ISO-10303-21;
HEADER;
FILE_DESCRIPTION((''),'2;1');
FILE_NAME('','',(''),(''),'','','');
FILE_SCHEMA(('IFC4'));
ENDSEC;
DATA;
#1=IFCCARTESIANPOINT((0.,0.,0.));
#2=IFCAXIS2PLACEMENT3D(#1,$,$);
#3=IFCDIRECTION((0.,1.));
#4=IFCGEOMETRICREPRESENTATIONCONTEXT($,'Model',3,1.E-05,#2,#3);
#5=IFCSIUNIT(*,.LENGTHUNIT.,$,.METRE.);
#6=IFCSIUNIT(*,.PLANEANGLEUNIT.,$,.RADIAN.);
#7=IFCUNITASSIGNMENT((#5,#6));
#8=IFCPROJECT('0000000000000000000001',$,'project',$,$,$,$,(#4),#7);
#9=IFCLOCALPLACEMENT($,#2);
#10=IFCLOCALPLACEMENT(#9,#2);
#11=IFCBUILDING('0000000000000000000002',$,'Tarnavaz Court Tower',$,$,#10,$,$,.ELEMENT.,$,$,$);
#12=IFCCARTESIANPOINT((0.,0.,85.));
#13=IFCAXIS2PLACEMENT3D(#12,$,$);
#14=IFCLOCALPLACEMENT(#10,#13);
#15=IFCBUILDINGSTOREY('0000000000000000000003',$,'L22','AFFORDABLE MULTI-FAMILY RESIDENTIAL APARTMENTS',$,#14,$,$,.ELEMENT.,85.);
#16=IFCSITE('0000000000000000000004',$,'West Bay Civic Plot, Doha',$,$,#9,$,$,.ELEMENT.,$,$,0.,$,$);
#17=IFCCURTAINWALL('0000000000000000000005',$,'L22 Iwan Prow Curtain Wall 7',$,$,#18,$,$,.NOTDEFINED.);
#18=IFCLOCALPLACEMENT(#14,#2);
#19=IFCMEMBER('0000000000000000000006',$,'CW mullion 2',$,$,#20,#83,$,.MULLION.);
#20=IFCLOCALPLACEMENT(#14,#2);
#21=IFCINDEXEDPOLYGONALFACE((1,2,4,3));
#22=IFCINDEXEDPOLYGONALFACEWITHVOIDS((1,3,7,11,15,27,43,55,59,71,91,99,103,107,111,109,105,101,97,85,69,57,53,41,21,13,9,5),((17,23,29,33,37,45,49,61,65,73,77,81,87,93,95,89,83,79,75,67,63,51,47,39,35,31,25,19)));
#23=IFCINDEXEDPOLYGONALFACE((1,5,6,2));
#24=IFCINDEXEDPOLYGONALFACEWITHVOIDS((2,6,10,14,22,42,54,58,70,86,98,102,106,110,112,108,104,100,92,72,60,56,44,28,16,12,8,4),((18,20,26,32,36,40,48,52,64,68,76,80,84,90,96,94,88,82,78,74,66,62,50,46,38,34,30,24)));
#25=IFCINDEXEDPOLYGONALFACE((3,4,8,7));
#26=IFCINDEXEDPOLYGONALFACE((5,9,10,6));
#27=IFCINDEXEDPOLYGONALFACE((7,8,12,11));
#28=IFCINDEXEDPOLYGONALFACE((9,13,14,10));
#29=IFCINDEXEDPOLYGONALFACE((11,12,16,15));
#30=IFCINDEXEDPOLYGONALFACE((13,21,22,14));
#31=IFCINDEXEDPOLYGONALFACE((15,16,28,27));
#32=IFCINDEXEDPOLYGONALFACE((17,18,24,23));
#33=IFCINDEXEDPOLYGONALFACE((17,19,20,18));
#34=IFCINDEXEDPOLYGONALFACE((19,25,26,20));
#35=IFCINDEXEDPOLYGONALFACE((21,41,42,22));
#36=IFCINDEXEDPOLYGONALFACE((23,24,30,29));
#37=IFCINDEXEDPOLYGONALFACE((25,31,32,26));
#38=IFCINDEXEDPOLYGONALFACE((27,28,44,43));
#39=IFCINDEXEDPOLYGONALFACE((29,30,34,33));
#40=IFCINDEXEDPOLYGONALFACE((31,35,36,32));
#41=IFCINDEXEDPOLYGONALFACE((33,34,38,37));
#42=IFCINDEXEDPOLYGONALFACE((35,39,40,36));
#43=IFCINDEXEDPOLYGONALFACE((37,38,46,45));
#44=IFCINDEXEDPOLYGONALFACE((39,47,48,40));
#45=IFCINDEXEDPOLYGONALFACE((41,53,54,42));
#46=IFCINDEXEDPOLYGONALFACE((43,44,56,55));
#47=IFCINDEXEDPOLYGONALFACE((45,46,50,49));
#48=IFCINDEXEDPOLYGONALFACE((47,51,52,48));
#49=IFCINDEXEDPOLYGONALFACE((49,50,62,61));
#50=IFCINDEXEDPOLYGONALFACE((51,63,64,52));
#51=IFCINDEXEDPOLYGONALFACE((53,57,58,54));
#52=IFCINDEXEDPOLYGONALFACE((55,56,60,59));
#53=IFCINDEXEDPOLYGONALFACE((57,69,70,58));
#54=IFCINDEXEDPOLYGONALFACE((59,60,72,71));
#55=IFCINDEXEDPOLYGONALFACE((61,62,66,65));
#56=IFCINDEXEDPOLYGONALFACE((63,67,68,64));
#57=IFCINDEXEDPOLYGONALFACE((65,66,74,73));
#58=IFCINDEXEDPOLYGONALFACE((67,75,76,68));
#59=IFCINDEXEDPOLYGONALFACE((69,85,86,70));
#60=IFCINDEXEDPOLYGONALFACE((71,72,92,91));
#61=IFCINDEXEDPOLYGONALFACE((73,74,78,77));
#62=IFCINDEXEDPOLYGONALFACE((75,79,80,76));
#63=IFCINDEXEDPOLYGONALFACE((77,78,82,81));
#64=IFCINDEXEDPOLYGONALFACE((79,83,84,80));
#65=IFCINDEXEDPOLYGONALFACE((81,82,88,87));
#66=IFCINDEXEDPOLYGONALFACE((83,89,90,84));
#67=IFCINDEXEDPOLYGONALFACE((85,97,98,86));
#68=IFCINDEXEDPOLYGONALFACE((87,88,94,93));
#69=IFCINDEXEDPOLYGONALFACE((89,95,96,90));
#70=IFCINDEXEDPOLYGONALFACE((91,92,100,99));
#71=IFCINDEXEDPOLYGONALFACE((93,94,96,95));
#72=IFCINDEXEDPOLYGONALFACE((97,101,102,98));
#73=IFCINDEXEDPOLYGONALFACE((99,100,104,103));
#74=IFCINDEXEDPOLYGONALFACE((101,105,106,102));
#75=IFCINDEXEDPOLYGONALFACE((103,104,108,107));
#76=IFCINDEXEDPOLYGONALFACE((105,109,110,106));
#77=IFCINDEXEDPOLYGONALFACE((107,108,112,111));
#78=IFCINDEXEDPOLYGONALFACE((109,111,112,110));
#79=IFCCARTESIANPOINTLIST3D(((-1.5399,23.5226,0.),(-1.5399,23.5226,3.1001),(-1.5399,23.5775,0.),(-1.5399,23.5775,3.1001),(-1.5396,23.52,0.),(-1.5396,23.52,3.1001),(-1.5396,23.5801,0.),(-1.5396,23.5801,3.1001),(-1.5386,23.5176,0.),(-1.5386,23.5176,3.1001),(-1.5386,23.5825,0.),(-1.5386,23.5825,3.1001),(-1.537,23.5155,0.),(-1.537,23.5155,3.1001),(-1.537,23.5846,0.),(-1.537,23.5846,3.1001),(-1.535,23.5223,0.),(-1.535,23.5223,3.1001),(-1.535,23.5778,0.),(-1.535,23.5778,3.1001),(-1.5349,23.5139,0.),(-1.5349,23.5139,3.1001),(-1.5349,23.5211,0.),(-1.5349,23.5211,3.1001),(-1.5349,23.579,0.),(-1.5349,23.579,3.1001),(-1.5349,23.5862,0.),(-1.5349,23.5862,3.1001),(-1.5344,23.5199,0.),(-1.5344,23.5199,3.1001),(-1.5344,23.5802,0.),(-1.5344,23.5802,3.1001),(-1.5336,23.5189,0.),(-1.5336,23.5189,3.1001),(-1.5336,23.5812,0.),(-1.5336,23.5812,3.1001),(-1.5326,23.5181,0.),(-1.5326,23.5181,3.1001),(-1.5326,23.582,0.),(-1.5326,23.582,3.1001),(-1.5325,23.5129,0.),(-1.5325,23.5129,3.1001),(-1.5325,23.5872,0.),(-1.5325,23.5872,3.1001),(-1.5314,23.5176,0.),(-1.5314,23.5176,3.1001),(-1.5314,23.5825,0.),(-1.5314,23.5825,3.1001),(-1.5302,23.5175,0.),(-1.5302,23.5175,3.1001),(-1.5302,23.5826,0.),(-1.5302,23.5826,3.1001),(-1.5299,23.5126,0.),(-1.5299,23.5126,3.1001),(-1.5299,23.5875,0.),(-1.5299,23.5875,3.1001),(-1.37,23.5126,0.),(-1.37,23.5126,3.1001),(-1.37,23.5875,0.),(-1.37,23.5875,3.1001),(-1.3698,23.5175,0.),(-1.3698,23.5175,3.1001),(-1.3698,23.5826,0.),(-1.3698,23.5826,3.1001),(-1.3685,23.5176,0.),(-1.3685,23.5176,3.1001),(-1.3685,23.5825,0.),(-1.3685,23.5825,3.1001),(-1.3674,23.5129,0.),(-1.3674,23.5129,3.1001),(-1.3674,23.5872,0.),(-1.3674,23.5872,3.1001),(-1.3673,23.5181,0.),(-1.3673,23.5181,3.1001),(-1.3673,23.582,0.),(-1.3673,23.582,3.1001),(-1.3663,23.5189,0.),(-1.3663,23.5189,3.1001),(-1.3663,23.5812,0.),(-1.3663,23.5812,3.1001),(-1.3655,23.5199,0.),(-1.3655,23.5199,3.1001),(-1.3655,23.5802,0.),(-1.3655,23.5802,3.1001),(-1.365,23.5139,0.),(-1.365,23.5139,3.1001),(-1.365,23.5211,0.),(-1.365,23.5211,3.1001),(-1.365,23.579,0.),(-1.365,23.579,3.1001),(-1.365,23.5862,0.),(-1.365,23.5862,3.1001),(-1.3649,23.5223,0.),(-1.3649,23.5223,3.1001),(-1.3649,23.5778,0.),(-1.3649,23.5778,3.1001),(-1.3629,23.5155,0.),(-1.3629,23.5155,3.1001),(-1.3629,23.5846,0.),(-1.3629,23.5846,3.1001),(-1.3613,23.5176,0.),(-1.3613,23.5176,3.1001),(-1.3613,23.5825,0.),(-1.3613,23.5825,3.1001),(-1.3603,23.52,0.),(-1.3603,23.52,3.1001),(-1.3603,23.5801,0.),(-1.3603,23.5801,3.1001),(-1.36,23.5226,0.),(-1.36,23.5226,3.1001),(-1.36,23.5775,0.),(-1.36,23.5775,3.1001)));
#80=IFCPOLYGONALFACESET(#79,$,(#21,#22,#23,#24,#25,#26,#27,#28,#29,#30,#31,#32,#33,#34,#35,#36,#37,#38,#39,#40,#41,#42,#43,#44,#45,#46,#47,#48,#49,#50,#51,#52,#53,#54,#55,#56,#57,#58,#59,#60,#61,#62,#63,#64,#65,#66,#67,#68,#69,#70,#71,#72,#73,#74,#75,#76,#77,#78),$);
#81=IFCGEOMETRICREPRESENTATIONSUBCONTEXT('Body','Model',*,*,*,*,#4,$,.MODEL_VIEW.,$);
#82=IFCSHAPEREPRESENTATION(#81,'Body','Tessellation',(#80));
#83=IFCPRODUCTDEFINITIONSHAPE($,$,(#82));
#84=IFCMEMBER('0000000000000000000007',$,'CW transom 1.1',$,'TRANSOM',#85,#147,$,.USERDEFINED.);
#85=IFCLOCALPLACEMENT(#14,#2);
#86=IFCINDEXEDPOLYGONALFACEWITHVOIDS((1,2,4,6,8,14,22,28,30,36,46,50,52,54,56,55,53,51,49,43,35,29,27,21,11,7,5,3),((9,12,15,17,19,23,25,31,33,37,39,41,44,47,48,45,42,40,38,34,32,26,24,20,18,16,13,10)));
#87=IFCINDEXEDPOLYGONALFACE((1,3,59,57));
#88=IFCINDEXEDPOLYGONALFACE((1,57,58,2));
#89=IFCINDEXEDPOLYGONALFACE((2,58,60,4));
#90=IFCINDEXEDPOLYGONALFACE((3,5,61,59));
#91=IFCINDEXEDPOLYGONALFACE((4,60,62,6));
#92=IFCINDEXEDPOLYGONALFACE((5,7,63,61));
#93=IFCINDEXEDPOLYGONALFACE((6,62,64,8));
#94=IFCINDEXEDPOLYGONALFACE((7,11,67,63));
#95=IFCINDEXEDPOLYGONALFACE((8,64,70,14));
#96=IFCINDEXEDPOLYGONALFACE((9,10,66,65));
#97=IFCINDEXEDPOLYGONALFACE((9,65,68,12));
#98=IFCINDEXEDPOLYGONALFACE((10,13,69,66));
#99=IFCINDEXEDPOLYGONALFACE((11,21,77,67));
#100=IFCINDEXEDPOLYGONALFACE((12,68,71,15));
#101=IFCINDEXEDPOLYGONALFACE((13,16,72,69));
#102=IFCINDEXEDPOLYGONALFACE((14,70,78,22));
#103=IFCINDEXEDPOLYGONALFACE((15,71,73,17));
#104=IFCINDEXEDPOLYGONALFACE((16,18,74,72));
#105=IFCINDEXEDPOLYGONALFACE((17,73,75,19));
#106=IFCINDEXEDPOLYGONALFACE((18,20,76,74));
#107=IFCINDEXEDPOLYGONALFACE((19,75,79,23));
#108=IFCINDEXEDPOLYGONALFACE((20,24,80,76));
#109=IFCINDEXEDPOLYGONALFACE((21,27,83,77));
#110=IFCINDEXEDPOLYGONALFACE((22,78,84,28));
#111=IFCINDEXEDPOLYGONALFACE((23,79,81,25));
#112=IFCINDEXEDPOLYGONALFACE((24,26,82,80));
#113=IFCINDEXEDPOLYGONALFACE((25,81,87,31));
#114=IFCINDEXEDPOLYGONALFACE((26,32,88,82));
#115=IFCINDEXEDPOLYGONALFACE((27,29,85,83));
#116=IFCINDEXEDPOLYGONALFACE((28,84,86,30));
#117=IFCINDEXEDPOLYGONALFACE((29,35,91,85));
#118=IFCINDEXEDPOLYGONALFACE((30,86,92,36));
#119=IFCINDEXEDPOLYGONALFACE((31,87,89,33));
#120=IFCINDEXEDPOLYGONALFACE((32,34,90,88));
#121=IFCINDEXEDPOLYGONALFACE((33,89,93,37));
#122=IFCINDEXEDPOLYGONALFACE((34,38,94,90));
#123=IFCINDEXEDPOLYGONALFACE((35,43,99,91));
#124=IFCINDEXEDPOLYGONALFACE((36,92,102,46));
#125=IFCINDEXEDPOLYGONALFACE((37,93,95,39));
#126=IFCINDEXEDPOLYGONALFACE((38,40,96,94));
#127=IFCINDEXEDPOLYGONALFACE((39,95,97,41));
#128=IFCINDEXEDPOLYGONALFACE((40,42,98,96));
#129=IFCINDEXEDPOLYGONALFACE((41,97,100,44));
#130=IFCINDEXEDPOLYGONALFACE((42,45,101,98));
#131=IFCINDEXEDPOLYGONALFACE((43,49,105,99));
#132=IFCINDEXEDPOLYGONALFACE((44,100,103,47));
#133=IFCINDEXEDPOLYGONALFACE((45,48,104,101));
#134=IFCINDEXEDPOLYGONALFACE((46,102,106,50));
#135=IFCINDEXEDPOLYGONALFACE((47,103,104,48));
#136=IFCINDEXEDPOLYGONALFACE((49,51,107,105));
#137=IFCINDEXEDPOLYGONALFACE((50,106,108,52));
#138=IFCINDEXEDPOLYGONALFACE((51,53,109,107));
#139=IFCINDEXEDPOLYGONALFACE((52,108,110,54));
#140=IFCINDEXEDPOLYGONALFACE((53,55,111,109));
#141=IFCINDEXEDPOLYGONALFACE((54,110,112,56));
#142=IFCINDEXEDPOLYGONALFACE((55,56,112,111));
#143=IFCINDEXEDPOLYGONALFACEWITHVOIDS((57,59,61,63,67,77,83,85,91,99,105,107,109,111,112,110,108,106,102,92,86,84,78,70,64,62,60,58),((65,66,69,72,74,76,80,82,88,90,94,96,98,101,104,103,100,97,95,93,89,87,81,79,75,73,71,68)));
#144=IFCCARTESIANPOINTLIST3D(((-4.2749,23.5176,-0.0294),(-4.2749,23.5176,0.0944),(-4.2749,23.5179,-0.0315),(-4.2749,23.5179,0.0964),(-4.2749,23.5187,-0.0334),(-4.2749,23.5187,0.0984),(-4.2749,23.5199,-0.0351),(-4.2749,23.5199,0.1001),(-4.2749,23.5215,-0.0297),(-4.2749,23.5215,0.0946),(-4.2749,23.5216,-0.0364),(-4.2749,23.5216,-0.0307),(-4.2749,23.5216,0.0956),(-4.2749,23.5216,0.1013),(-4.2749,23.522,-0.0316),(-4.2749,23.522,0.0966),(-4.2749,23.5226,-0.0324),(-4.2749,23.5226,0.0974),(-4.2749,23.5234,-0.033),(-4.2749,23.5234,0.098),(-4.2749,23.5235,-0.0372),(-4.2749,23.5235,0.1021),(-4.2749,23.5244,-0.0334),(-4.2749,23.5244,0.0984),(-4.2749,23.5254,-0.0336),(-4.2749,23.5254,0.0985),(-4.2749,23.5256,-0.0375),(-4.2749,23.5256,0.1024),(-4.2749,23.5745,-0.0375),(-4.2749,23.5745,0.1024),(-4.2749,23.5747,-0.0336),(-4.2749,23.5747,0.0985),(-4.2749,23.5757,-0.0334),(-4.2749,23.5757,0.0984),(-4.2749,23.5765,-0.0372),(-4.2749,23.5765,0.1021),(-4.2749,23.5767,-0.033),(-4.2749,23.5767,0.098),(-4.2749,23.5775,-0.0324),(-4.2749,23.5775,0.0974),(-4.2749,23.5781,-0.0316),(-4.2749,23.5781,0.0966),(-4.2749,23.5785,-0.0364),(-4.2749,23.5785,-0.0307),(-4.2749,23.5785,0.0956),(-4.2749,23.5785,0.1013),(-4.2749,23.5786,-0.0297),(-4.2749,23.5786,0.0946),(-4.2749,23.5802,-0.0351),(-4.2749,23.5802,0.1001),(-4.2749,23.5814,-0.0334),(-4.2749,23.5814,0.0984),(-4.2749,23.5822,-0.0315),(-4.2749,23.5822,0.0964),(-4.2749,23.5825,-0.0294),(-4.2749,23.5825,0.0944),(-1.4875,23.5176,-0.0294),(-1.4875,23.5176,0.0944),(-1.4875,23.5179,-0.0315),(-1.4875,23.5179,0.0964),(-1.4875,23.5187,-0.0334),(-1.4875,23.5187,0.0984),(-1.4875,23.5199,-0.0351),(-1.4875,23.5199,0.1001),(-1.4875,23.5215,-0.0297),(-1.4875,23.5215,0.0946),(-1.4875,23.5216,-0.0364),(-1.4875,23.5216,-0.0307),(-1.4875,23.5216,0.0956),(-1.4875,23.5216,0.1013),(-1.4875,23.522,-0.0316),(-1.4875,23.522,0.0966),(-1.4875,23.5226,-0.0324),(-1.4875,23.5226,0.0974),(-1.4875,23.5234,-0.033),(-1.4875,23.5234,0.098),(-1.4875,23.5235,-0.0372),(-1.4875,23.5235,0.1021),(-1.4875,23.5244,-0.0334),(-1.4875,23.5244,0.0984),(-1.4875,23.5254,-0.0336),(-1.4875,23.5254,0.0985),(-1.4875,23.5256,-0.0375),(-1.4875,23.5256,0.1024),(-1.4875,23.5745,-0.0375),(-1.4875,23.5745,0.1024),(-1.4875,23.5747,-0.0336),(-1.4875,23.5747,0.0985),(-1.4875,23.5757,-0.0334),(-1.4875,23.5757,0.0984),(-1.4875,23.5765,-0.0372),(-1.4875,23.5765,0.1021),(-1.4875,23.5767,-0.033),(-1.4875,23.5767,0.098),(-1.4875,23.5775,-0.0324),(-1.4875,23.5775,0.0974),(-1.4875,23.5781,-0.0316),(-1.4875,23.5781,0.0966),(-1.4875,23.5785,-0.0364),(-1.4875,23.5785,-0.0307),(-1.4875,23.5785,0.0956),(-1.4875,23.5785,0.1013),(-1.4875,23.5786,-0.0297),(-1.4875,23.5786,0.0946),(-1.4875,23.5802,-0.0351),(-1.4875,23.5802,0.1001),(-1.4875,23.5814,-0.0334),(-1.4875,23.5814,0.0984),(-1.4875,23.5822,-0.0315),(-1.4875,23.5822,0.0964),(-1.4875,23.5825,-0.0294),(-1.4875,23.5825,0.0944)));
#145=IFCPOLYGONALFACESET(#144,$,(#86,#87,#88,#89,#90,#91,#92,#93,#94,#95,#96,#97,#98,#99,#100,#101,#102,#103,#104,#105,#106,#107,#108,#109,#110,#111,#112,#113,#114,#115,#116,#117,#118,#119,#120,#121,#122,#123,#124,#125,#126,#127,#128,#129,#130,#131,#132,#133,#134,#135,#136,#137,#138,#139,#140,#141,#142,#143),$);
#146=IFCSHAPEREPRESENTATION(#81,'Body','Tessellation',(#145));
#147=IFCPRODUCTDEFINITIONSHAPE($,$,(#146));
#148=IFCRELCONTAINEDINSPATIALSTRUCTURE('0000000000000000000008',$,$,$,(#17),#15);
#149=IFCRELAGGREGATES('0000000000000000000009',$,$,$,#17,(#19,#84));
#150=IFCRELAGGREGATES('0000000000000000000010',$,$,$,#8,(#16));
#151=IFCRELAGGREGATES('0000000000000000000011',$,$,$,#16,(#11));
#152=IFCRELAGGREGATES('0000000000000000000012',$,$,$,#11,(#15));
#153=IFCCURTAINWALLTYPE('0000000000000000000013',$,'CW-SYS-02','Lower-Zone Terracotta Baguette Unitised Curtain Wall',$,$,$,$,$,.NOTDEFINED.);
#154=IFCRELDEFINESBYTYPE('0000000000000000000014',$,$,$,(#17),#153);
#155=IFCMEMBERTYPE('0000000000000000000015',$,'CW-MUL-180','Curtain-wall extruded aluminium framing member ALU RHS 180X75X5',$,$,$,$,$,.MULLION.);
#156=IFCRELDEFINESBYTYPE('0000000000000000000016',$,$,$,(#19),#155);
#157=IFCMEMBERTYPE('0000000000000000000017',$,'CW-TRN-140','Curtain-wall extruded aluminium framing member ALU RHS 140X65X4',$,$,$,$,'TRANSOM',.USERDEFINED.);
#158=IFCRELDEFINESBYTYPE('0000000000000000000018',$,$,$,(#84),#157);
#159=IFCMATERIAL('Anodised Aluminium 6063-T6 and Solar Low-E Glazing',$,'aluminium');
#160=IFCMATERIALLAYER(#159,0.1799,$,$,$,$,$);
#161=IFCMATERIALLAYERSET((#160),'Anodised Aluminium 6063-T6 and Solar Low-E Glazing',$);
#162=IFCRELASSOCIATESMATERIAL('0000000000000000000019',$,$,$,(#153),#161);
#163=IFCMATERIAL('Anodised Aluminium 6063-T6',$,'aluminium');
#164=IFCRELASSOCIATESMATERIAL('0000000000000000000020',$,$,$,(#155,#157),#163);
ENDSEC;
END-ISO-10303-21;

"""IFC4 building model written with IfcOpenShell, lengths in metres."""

from ifc_helpers import new_model, si_unit, direction, frame, origin, origin_2d, place, context, subcontext, project, spatial, hollow_rectangle, extrude, material, layer, layer_set, material_profile, profile_set, type_object, element, aggregate, save


model = new_model("IFC4")

# Units and contexts
model_context = context("Model", 3, precision=1e-05, world=origin(), true_north=direction((0.0, 1.0)))
body_context = subcontext(model_context, "Body", "Model", "MODEL_VIEW")
ifc_project = project(units=[si_unit("LENGTHUNIT", "METRE"), si_unit("PLANEANGLEUNIT", "RADIAN")], contexts=[model_context])

# Site, building, storey
site_placement = place(None, origin())
site = spatial("IfcSite", under=ifc_project, at=site_placement, Name="West Bay Civic Plot, Doha", CompositionType="ELEMENT", RefElevation=0.0)
building_placement = place(site_placement, origin())
building = spatial("IfcBuilding", under=site, at=building_placement, Name="Tarnavaz Court Tower", CompositionType="ELEMENT")
storey_placement = place(building_placement, frame((0.0, 0.0, 85.0)))
storey = spatial("IfcBuildingStorey", under=building, at=storey_placement, Name="L22", Description="AFFORDABLE MULTI-FAMILY RESIDENTIAL APARTMENTS", CompositionType="ELEMENT", Elevation=85.0)

# Curtain wall, members
ifc_material_1 = material(Name="Anodised Aluminium 6063-T6 and Solar Low-E Glazing", Category="aluminium")
ifc_layer_1 = layer(ifc_material_1, 0.1799)
ifc_layer_set_1 = layer_set([ifc_layer_1], Name="Anodised Aluminium 6063-T6 and Solar Low-E Glazing")
curtain_wall_type = type_object("IfcCurtainWallType", Name="CW-SYS-02", Description="Lower-Zone Terracotta Baguette Unitised Curtain Wall", PredefinedType="NOTDEFINED", material=ifc_layer_set_1)
curtain_wall_placement = place(storey_placement, origin())
curtain_wall = element("IfcCurtainWall", 1, at=curtain_wall_placement, inside=storey, type_object=curtain_wall_type, Name="L22 Iwan Prow Curtain Wall 7", PredefinedType="NOTDEFINED")
ifc_material_2 = material(Name="Anodised Aluminium 6063-T6", Category="aluminium")
ifc_material_profile_1 = material_profile(ifc_material_2, hollow_rectangle(XDim=0.075, YDim=0.1799, WallThickness=0.0049, InnerFilletRadius=0.0049, OuterFilletRadius=0.01, at=origin_2d()), Name="ALU RHS 180X75X5")
ifc_profile_set_1 = profile_set([ifc_material_profile_1], Name="Anodised Aluminium 6063-T6")
member_type_1 = type_object("IfcMemberType", Name="CW-MUL-180", Description="Curtain-wall extruded aluminium framing member ALU RHS 180X75X5", PredefinedType="MULLION", material=ifc_profile_set_1)
member_1_placement = place(storey_placement, frame((-1.45, 23.55, 0.0), z_axis=(0.0, 0.0, 1.0), x_axis=(0.0, 1.0, 0.0)))
member_1 = element("IfcMember", 2, at=member_1_placement, type_object=member_type_1, Name="CW mullion 2", PredefinedType="MULLION", context=body_context, shape_type="SweptSolid", body=[
    extrude(hollow_rectangle(XDim=0.075, YDim=0.1799, WallThickness=0.0049, InnerFilletRadius=0.0049, OuterFilletRadius=0.01, at=origin_2d()), origin(), (0.0, 0.0, 1.0), 3.1001),
])
ifc_material_profile_2 = material_profile(ifc_material_2, hollow_rectangle(XDim=0.0649, YDim=0.1399, WallThickness=0.0039, InnerFilletRadius=0.0039, OuterFilletRadius=0.0081, at=origin_2d()), Name="ALU RHS 140X65X4")
ifc_profile_set_2 = profile_set([ifc_material_profile_2], Name="Anodised Aluminium 6063-T6")
member_type_2 = type_object("IfcMemberType", Name="CW-TRN-140", Description="Curtain-wall extruded aluminium framing member ALU RHS 140X65X4", ElementType="TRANSOM", PredefinedType="USERDEFINED", material=ifc_profile_set_2)
member_2_placement = place(storey_placement, frame((-4.2749, 23.55, 0.0325), z_axis=(1.0, 0.0, 0.0), x_axis=(0.0, 1.0, 0.0)))
member_2 = element("IfcMember", 3, at=member_2_placement, type_object=member_type_2, Name="CW transom 1.1", ObjectType="TRANSOM", PredefinedType="USERDEFINED", context=body_context, shape_type="SweptSolid", body=[
    extrude(hollow_rectangle(XDim=0.0649, YDim=0.1399, WallThickness=0.0039, InnerFilletRadius=0.0039, OuterFilletRadius=0.0081, at=origin_2d()), origin(), (0.0, 0.0, 1.0), 2.7874),
])
aggregate(curtain_wall, [member_1, member_2])

save(model, "model.ifc")
